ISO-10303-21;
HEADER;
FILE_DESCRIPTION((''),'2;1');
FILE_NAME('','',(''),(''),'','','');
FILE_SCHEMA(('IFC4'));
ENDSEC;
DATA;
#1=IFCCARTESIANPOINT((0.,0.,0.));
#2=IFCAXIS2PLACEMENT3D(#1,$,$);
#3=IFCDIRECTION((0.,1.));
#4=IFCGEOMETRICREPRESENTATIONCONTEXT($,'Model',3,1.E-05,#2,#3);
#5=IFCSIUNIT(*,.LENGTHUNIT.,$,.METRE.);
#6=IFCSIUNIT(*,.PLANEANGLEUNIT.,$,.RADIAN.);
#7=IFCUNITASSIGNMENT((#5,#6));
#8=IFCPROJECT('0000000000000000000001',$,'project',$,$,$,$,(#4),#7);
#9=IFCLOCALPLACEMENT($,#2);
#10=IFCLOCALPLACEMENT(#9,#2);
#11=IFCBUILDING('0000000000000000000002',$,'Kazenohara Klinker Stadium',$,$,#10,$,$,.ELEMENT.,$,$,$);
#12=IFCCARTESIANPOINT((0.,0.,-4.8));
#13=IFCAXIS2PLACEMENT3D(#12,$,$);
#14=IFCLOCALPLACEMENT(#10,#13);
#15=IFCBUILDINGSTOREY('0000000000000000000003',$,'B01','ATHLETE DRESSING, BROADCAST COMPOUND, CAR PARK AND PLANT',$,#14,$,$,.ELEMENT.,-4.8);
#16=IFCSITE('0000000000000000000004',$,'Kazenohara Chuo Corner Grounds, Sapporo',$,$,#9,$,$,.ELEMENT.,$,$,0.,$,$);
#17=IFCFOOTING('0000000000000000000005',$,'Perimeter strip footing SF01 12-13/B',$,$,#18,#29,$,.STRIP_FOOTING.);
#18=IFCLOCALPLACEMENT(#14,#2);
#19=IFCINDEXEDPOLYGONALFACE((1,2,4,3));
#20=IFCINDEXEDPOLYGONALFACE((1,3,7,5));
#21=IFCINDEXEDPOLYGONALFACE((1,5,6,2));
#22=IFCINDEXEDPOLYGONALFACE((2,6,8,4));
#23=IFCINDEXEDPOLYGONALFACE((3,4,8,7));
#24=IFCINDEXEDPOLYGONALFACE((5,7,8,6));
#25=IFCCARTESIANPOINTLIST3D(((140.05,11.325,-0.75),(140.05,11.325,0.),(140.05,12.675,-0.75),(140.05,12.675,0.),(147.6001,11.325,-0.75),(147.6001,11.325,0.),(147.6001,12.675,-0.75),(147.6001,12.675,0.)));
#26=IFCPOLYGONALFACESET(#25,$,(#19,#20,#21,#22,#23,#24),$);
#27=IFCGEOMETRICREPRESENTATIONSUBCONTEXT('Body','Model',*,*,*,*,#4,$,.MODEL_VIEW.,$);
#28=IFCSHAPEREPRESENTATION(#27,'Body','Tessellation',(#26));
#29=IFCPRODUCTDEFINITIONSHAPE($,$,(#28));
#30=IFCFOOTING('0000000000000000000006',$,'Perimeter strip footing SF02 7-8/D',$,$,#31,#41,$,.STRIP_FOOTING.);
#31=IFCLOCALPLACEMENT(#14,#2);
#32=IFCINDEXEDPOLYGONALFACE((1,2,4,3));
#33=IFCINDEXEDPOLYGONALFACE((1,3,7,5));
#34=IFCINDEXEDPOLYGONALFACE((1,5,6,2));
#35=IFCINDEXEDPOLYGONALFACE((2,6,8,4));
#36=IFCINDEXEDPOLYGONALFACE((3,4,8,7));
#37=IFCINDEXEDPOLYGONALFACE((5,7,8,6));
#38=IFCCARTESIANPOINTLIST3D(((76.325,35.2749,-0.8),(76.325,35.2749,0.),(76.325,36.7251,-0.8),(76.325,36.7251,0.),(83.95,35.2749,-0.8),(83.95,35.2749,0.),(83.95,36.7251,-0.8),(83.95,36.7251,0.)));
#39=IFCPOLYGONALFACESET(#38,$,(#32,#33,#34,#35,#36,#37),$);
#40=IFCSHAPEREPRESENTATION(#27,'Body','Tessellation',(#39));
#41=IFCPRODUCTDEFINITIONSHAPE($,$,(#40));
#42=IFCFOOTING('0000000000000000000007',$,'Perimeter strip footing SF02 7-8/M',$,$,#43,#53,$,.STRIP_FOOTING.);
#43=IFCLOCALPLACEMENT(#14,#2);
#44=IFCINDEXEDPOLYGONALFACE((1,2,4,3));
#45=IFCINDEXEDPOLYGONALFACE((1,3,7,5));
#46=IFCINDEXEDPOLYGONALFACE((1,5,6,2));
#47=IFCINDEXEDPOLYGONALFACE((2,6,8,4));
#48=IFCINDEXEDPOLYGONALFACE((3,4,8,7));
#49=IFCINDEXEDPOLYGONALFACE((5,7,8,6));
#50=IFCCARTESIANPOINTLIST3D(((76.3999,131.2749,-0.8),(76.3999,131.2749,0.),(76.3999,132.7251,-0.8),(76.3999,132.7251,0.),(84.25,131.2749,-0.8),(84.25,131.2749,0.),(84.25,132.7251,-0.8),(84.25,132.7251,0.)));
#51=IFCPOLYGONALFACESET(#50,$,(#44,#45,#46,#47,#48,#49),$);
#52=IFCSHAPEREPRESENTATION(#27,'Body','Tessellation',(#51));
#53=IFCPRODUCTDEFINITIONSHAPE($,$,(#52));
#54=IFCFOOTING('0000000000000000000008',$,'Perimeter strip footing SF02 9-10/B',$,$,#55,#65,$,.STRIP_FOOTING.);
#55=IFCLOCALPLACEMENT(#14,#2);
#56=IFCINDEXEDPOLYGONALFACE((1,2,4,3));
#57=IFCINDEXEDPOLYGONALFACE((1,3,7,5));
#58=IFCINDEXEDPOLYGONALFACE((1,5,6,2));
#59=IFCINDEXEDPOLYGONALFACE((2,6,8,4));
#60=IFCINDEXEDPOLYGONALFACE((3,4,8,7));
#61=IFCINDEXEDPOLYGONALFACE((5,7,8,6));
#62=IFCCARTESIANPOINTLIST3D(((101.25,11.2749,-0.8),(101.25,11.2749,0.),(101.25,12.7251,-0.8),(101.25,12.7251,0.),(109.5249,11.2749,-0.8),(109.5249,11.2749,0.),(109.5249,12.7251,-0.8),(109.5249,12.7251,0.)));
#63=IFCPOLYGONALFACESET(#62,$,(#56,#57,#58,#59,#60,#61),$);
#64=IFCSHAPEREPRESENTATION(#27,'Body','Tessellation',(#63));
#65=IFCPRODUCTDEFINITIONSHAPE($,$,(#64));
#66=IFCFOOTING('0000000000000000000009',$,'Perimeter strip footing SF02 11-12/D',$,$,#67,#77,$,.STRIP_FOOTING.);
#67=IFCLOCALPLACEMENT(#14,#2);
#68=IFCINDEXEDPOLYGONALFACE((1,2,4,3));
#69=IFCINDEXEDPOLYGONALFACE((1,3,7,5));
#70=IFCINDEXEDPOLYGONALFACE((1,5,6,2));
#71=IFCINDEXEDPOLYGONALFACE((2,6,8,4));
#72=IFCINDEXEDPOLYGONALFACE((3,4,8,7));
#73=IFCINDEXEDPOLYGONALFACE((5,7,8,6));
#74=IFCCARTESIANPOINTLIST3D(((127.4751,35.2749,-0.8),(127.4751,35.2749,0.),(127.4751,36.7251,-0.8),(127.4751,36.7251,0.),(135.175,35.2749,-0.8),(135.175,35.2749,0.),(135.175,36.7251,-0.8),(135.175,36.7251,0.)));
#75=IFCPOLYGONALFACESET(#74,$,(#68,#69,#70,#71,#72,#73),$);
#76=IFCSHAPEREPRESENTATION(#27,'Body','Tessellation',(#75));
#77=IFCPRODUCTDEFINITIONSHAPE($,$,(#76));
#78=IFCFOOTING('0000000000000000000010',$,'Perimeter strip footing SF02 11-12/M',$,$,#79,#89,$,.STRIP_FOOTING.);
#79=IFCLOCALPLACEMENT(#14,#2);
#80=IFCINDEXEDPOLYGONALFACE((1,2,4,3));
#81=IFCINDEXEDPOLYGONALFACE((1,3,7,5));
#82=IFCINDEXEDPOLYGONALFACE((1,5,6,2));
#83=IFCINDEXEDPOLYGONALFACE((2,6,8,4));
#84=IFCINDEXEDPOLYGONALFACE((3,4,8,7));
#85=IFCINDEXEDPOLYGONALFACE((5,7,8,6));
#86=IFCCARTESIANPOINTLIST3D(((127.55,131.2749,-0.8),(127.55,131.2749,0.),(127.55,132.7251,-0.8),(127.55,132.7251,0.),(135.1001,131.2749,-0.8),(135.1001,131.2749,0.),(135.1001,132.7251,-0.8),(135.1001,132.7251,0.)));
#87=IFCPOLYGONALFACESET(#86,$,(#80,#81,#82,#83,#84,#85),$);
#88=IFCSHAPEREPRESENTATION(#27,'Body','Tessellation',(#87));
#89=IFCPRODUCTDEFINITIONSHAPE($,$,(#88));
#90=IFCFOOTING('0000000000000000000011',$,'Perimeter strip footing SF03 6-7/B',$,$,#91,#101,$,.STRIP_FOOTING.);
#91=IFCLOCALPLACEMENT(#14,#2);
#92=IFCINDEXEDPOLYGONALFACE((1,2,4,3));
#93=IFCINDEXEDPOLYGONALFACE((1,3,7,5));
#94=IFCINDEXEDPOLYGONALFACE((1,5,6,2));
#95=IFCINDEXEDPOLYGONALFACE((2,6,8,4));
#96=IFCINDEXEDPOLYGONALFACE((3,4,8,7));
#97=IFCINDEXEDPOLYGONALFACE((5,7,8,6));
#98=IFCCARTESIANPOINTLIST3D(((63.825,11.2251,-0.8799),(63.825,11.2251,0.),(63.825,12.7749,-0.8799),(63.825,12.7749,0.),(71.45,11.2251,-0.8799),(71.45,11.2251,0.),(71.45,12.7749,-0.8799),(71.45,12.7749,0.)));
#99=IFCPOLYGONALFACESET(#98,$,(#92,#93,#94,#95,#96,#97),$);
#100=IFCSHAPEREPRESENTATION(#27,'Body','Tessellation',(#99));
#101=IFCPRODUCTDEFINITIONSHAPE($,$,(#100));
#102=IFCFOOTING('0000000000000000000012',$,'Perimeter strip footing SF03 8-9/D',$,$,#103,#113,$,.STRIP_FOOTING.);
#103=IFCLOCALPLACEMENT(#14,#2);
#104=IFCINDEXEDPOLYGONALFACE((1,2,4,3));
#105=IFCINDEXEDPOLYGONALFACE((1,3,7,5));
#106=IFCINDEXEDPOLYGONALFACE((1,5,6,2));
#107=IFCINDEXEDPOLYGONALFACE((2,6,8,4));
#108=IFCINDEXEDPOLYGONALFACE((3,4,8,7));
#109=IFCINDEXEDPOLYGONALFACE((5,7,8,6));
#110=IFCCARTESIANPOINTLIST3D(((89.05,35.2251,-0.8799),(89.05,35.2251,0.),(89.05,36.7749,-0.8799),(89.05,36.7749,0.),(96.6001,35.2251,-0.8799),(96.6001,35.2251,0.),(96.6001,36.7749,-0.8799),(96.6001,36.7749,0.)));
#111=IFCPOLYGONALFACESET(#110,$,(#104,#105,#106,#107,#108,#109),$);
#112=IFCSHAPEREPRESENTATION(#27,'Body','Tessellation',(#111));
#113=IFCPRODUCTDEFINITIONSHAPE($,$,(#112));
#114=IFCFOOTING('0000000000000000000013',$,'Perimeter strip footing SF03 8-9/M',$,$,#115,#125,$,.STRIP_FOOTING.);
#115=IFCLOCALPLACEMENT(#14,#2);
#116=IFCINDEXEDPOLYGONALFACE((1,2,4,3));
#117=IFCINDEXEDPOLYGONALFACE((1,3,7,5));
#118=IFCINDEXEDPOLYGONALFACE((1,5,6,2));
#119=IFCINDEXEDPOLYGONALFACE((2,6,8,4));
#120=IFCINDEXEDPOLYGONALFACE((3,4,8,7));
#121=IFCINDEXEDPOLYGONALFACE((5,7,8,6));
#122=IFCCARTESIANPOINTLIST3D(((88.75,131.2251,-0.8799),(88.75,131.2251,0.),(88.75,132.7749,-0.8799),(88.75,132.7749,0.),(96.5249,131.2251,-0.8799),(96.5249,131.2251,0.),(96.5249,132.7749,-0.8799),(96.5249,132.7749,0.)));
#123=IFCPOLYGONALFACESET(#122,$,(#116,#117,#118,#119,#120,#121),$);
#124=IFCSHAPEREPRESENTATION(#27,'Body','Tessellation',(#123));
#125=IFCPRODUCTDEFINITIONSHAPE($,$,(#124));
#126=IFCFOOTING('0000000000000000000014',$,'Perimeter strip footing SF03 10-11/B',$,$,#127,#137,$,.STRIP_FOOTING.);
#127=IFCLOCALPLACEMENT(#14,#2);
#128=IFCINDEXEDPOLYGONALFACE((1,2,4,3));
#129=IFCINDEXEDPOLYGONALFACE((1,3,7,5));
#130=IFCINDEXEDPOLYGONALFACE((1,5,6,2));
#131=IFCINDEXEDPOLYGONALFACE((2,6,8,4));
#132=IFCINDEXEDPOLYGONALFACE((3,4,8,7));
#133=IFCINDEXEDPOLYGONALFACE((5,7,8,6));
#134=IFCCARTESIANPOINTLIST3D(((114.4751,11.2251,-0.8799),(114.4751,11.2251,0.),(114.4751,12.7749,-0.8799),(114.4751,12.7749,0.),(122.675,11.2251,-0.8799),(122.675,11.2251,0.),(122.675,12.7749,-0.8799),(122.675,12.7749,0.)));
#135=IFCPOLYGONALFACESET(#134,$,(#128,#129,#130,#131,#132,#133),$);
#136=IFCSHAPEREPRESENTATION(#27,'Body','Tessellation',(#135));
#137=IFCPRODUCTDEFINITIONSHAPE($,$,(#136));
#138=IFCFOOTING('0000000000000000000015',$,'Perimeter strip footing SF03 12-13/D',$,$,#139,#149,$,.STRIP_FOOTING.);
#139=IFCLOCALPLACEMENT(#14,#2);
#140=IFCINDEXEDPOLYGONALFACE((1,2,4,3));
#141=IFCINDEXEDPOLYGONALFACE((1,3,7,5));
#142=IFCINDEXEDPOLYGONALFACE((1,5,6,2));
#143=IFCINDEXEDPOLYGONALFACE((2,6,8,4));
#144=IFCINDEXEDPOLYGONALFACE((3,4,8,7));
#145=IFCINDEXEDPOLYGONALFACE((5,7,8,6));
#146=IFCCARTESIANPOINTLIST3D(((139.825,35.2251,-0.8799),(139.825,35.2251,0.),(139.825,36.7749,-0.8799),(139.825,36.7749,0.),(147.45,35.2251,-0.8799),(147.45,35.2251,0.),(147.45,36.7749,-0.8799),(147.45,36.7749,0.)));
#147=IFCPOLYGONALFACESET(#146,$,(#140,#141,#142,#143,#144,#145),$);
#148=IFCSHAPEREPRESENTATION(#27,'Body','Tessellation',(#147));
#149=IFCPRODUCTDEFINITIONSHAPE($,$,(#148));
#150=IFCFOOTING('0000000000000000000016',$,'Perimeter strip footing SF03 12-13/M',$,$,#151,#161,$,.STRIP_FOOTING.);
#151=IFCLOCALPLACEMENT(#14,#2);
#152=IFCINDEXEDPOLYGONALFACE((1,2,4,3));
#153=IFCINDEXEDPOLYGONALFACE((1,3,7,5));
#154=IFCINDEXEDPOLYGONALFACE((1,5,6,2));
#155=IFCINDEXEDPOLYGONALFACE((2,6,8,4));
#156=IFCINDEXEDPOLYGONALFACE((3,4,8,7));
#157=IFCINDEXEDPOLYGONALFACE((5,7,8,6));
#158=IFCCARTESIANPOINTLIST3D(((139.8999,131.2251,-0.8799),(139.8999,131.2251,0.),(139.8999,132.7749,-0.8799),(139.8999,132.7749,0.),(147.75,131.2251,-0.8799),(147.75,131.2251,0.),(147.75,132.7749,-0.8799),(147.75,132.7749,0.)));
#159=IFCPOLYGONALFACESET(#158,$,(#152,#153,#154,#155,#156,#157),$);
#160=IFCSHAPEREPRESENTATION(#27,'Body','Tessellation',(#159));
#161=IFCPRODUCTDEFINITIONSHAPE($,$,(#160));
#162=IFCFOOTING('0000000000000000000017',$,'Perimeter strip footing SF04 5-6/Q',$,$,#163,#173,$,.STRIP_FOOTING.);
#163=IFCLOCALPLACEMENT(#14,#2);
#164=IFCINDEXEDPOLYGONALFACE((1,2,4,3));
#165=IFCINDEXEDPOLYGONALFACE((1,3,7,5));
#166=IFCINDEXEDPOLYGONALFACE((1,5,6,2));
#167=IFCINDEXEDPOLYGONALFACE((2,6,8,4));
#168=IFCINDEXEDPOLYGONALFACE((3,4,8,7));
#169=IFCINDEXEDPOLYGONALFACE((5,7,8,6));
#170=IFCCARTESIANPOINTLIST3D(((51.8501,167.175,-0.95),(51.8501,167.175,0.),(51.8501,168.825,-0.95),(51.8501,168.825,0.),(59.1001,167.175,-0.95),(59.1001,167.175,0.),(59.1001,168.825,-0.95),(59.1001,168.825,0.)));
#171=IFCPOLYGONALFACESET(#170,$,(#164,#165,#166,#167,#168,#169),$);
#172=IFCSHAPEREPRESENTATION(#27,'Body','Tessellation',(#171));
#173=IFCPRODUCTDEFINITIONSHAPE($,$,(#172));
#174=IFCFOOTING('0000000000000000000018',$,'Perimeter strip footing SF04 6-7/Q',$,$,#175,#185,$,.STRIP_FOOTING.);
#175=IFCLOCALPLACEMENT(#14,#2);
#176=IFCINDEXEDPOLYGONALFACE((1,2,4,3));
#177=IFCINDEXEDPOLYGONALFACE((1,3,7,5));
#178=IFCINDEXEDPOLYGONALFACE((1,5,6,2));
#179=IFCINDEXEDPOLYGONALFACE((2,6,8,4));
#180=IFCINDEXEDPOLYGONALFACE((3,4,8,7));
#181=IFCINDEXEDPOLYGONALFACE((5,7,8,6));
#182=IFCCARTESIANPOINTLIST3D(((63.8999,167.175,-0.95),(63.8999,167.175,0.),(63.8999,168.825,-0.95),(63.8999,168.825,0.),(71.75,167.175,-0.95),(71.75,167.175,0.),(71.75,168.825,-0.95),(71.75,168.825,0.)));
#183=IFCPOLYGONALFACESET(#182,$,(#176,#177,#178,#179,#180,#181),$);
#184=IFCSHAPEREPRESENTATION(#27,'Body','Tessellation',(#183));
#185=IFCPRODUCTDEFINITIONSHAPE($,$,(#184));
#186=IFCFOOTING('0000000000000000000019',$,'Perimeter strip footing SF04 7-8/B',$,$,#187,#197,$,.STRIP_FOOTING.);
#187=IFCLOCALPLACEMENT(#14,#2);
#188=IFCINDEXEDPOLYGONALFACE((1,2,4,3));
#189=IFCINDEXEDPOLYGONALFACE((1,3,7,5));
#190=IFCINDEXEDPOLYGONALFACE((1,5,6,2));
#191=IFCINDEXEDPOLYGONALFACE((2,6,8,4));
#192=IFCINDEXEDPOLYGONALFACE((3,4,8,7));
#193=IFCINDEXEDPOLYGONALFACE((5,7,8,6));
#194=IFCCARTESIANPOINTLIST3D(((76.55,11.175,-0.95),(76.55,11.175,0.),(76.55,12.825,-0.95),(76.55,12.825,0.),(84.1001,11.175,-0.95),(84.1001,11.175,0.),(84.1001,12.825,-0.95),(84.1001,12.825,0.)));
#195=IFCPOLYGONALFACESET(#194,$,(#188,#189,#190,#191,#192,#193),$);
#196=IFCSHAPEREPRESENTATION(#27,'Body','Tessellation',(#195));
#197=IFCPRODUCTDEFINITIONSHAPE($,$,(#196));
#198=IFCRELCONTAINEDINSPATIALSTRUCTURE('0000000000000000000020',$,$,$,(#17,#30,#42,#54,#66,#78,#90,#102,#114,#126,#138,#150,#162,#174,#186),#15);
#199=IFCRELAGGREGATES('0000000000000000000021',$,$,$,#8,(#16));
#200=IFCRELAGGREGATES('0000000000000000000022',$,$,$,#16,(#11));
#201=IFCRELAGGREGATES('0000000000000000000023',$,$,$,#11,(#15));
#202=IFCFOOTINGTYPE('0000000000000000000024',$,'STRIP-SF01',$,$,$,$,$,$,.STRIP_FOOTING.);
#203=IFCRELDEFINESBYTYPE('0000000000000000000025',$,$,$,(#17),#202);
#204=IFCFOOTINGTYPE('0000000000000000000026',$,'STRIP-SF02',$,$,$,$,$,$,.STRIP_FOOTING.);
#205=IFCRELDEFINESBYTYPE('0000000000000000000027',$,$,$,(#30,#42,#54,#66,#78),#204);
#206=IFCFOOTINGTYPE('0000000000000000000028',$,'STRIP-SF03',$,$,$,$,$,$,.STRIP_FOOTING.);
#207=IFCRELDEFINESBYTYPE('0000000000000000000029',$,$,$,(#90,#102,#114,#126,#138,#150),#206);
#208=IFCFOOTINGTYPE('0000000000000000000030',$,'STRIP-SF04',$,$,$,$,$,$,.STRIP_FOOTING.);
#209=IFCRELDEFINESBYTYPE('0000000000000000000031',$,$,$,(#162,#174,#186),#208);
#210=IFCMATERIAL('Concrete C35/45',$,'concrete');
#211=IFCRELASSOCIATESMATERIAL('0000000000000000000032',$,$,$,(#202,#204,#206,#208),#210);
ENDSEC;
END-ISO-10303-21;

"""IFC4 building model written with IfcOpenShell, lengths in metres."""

from ifc_helpers import new_model, si_unit, direction, frame, origin, place, context, subcontext, project, spatial, polyline, outline, extrude, material, type_object, element, save


model = new_model("IFC4")

# Units and contexts
model_context = context("Model", 3, precision=1e-05, world=origin(), true_north=direction((0.0, 1.0)))
body_context = subcontext(model_context, "Body", "Model", "MODEL_VIEW")
ifc_project = project(units=[si_unit("LENGTHUNIT", "METRE"), si_unit("PLANEANGLEUNIT", "RADIAN")], contexts=[model_context])

# Site, building, storey
site_placement = place(None, origin())
site = spatial("IfcSite", under=ifc_project, at=site_placement, Name="Kazenohara Chuo Corner Grounds, Sapporo", CompositionType="ELEMENT", RefElevation=0.0)
building_placement = place(site_placement, origin())
building = spatial("IfcBuilding", under=site, at=building_placement, Name="Kazenohara Klinker Stadium", CompositionType="ELEMENT")
storey_placement = place(building_placement, frame((0.0, 0.0, -4.8)))
storey = spatial("IfcBuildingStorey", under=building, at=storey_placement, Name="B01", Description="ATHLETE DRESSING, BROADCAST COMPOUND, CAR PARK AND PLANT", CompositionType="ELEMENT", Elevation=-4.8)

# Footings
ifc_material = material(Name="Concrete C35/45", Category="concrete")
footing_type_1 = type_object("IfcFootingType", Name="STRIP-SF01", PredefinedType="STRIP_FOOTING", material=ifc_material)
footing_1_placement = place(storey_placement, frame((0.0, 0.0, -0.75)))
element("IfcFooting", 1, at=footing_1_placement, inside=storey, type_object=footing_type_1, Name="Perimeter strip footing SF01 12-13/B", PredefinedType="STRIP_FOOTING", context=body_context, shape_type="SweptSolid", body=[
    extrude(outline(polyline([(140.05, 11.325), (147.6001, 11.325), (147.6001, 12.675), (140.05, 12.675), (140.05, 11.325)])), origin(), (0.0, 0.0, 1.0), 0.75),
])
footing_type_2 = type_object("IfcFootingType", Name="STRIP-SF02", PredefinedType="STRIP_FOOTING", material=ifc_material)
footing_2_placement = place(storey_placement, frame((0.0, 0.0, -0.8)))
element("IfcFooting", 2, at=footing_2_placement, inside=storey, type_object=footing_type_2, Name="Perimeter strip footing SF02 7-8/D", PredefinedType="STRIP_FOOTING", context=body_context, shape_type="SweptSolid", body=[
    extrude(outline(polyline([(76.325, 35.2749), (83.95, 35.2749), (83.95, 36.7251), (76.325, 36.7251), (76.325, 35.2749)])), origin(), (0.0, 0.0, 1.0), 0.8),
])
footing_3_placement = place(storey_placement, frame((0.0, 0.0, -0.8)))
element("IfcFooting", 3, at=footing_3_placement, inside=storey, type_object=footing_type_2, Name="Perimeter strip footing SF02 7-8/M", PredefinedType="STRIP_FOOTING", context=body_context, shape_type="SweptSolid", body=[
    extrude(outline(polyline([(76.3999, 131.2749), (84.25, 131.2749), (84.25, 132.7251), (76.3999, 132.7251), (76.3999, 131.2749)])), origin(), (0.0, 0.0, 1.0), 0.8),
])
footing_4_placement = place(storey_placement, frame((0.0, 0.0, -0.8)))
element("IfcFooting", 4, at=footing_4_placement, inside=storey, type_object=footing_type_2, Name="Perimeter strip footing SF02 9-10/B", PredefinedType="STRIP_FOOTING", context=body_context, shape_type="SweptSolid", body=[
    extrude(outline(polyline([(101.25, 11.2749), (109.5249, 11.2749), (109.5249, 12.7251), (101.25, 12.7251), (101.25, 11.2749)])), origin(), (0.0, 0.0, 1.0), 0.8),
])
footing_5_placement = place(storey_placement, frame((0.0, 0.0, -0.8)))
element("IfcFooting", 5, at=footing_5_placement, inside=storey, type_object=footing_type_2, Name="Perimeter strip footing SF02 11-12/D", PredefinedType="STRIP_FOOTING", context=body_context, shape_type="SweptSolid", body=[
    extrude(outline(polyline([(127.4751, 35.2749), (135.175, 35.2749), (135.175, 36.7251), (127.4751, 36.7251), (127.4751, 35.2749)])), origin(), (0.0, 0.0, 1.0), 0.8),
])
footing_6_placement = place(storey_placement, frame((0.0, 0.0, -0.8)))
element("IfcFooting", 6, at=footing_6_placement, inside=storey, type_object=footing_type_2, Name="Perimeter strip footing SF02 11-12/M", PredefinedType="STRIP_FOOTING", context=body_context, shape_type="SweptSolid", body=[
    extrude(outline(polyline([(127.55, 131.2749), (135.1001, 131.2749), (135.1001, 132.7251), (127.55, 132.7251), (127.55, 131.2749)])), origin(), (0.0, 0.0, 1.0), 0.8),
])
footing_type_3 = type_object("IfcFootingType", Name="STRIP-SF03", PredefinedType="STRIP_FOOTING", material=ifc_material)
footing_7_placement = place(storey_placement, frame((0.0, 0.0, -0.8799)))
element("IfcFooting", 7, at=footing_7_placement, inside=storey, type_object=footing_type_3, Name="Perimeter strip footing SF03 6-7/B", PredefinedType="STRIP_FOOTING", context=body_context, shape_type="SweptSolid", body=[
    extrude(outline(polyline([(63.825, 11.2251), (71.45, 11.2251), (71.45, 12.7749), (63.825, 12.7749), (63.825, 11.2251)])), origin(), (0.0, 0.0, 1.0), 0.8799),
])
footing_8_placement = place(storey_placement, frame((0.0, 0.0, -0.8799)))
element("IfcFooting", 8, at=footing_8_placement, inside=storey, type_object=footing_type_3, Name="Perimeter strip footing SF03 8-9/D", PredefinedType="STRIP_FOOTING", context=body_context, shape_type="SweptSolid", body=[
    extrude(outline(polyline([(89.05, 35.2251), (96.6001, 35.2251), (96.6001, 36.7749), (89.05, 36.7749), (89.05, 35.2251)])), origin(), (0.0, 0.0, 1.0), 0.8799),
])
footing_9_placement = place(storey_placement, frame((0.0, 0.0, -0.8799)))
element("IfcFooting", 9, at=footing_9_placement, inside=storey, type_object=footing_type_3, Name="Perimeter strip footing SF03 8-9/M", PredefinedType="STRIP_FOOTING", context=body_context, shape_type="SweptSolid", body=[
    extrude(outline(polyline([(88.75, 131.2251), (96.5249, 131.2251), (96.5249, 132.7749), (88.75, 132.7749), (88.75, 131.2251)])), origin(), (0.0, 0.0, 1.0), 0.8799),
])
footing_10_placement = place(storey_placement, frame((0.0, 0.0, -0.8799)))
element("IfcFooting", 10, at=footing_10_placement, inside=storey, type_object=footing_type_3, Name="Perimeter strip footing SF03 10-11/B", PredefinedType="STRIP_FOOTING", context=body_context, shape_type="SweptSolid", body=[
    extrude(outline(polyline([(114.4751, 11.2251), (122.675, 11.2251), (122.675, 12.7749), (114.4751, 12.7749), (114.4751, 11.2251)])), origin(), (0.0, 0.0, 1.0), 0.8799),
])
footing_11_placement = place(storey_placement, frame((0.0, 0.0, -0.8799)))
element("IfcFooting", 11, at=footing_11_placement, inside=storey, type_object=footing_type_3, Name="Perimeter strip footing SF03 12-13/D", PredefinedType="STRIP_FOOTING", context=body_context, shape_type="SweptSolid", body=[
    extrude(outline(polyline([(139.825, 35.2251), (147.45, 35.2251), (147.45, 36.7749), (139.825, 36.7749), (139.825, 35.2251)])), origin(), (0.0, 0.0, 1.0), 0.8799),
])
footing_12_placement = place(storey_placement, frame((0.0, 0.0, -0.8799)))
element("IfcFooting", 12, at=footing_12_placement, inside=storey, type_object=footing_type_3, Name="Perimeter strip footing SF03 12-13/M", PredefinedType="STRIP_FOOTING", context=body_context, shape_type="SweptSolid", body=[
    extrude(outline(polyline([(139.8999, 131.2251), (147.75, 131.2251), (147.75, 132.7749), (139.8999, 132.7749), (139.8999, 131.2251)])), origin(), (0.0, 0.0, 1.0), 0.8799),
])
footing_type_4 = type_object("IfcFootingType", Name="STRIP-SF04", PredefinedType="STRIP_FOOTING", material=ifc_material)
footing_13_placement = place(storey_placement, frame((0.0, 0.0, -0.95)))
element("IfcFooting", 13, at=footing_13_placement, inside=storey, type_object=footing_type_4, Name="Perimeter strip footing SF04 5-6/Q", PredefinedType="STRIP_FOOTING", context=body_context, shape_type="SweptSolid", body=[
    extrude(outline(polyline([(51.8501, 167.175), (59.1001, 167.175), (59.1001, 168.825), (51.8501, 168.825), (51.8501, 167.175)])), origin(), (0.0, 0.0, 1.0), 0.95),
])
footing_14_placement = place(storey_placement, frame((0.0, 0.0, -0.95)))
element("IfcFooting", 14, at=footing_14_placement, inside=storey, type_object=footing_type_4, Name="Perimeter strip footing SF04 6-7/Q", PredefinedType="STRIP_FOOTING", context=body_context, shape_type="SweptSolid", body=[
    extrude(outline(polyline([(63.8999, 167.175), (71.75, 167.175), (71.75, 168.825), (63.8999, 168.825), (63.8999, 167.175)])), origin(), (0.0, 0.0, 1.0), 0.95),
])
footing_15_placement = place(storey_placement, frame((0.0, 0.0, -0.95)))
element("IfcFooting", 15, at=footing_15_placement, inside=storey, type_object=footing_type_4, Name="Perimeter strip footing SF04 7-8/B", PredefinedType="STRIP_FOOTING", context=body_context, shape_type="SweptSolid", body=[
    extrude(outline(polyline([(76.55, 11.175), (84.1001, 11.175), (84.1001, 12.825), (76.55, 12.825), (76.55, 11.175)])), origin(), (0.0, 0.0, 1.0), 0.95),
])

save(model, "model.ifc")
